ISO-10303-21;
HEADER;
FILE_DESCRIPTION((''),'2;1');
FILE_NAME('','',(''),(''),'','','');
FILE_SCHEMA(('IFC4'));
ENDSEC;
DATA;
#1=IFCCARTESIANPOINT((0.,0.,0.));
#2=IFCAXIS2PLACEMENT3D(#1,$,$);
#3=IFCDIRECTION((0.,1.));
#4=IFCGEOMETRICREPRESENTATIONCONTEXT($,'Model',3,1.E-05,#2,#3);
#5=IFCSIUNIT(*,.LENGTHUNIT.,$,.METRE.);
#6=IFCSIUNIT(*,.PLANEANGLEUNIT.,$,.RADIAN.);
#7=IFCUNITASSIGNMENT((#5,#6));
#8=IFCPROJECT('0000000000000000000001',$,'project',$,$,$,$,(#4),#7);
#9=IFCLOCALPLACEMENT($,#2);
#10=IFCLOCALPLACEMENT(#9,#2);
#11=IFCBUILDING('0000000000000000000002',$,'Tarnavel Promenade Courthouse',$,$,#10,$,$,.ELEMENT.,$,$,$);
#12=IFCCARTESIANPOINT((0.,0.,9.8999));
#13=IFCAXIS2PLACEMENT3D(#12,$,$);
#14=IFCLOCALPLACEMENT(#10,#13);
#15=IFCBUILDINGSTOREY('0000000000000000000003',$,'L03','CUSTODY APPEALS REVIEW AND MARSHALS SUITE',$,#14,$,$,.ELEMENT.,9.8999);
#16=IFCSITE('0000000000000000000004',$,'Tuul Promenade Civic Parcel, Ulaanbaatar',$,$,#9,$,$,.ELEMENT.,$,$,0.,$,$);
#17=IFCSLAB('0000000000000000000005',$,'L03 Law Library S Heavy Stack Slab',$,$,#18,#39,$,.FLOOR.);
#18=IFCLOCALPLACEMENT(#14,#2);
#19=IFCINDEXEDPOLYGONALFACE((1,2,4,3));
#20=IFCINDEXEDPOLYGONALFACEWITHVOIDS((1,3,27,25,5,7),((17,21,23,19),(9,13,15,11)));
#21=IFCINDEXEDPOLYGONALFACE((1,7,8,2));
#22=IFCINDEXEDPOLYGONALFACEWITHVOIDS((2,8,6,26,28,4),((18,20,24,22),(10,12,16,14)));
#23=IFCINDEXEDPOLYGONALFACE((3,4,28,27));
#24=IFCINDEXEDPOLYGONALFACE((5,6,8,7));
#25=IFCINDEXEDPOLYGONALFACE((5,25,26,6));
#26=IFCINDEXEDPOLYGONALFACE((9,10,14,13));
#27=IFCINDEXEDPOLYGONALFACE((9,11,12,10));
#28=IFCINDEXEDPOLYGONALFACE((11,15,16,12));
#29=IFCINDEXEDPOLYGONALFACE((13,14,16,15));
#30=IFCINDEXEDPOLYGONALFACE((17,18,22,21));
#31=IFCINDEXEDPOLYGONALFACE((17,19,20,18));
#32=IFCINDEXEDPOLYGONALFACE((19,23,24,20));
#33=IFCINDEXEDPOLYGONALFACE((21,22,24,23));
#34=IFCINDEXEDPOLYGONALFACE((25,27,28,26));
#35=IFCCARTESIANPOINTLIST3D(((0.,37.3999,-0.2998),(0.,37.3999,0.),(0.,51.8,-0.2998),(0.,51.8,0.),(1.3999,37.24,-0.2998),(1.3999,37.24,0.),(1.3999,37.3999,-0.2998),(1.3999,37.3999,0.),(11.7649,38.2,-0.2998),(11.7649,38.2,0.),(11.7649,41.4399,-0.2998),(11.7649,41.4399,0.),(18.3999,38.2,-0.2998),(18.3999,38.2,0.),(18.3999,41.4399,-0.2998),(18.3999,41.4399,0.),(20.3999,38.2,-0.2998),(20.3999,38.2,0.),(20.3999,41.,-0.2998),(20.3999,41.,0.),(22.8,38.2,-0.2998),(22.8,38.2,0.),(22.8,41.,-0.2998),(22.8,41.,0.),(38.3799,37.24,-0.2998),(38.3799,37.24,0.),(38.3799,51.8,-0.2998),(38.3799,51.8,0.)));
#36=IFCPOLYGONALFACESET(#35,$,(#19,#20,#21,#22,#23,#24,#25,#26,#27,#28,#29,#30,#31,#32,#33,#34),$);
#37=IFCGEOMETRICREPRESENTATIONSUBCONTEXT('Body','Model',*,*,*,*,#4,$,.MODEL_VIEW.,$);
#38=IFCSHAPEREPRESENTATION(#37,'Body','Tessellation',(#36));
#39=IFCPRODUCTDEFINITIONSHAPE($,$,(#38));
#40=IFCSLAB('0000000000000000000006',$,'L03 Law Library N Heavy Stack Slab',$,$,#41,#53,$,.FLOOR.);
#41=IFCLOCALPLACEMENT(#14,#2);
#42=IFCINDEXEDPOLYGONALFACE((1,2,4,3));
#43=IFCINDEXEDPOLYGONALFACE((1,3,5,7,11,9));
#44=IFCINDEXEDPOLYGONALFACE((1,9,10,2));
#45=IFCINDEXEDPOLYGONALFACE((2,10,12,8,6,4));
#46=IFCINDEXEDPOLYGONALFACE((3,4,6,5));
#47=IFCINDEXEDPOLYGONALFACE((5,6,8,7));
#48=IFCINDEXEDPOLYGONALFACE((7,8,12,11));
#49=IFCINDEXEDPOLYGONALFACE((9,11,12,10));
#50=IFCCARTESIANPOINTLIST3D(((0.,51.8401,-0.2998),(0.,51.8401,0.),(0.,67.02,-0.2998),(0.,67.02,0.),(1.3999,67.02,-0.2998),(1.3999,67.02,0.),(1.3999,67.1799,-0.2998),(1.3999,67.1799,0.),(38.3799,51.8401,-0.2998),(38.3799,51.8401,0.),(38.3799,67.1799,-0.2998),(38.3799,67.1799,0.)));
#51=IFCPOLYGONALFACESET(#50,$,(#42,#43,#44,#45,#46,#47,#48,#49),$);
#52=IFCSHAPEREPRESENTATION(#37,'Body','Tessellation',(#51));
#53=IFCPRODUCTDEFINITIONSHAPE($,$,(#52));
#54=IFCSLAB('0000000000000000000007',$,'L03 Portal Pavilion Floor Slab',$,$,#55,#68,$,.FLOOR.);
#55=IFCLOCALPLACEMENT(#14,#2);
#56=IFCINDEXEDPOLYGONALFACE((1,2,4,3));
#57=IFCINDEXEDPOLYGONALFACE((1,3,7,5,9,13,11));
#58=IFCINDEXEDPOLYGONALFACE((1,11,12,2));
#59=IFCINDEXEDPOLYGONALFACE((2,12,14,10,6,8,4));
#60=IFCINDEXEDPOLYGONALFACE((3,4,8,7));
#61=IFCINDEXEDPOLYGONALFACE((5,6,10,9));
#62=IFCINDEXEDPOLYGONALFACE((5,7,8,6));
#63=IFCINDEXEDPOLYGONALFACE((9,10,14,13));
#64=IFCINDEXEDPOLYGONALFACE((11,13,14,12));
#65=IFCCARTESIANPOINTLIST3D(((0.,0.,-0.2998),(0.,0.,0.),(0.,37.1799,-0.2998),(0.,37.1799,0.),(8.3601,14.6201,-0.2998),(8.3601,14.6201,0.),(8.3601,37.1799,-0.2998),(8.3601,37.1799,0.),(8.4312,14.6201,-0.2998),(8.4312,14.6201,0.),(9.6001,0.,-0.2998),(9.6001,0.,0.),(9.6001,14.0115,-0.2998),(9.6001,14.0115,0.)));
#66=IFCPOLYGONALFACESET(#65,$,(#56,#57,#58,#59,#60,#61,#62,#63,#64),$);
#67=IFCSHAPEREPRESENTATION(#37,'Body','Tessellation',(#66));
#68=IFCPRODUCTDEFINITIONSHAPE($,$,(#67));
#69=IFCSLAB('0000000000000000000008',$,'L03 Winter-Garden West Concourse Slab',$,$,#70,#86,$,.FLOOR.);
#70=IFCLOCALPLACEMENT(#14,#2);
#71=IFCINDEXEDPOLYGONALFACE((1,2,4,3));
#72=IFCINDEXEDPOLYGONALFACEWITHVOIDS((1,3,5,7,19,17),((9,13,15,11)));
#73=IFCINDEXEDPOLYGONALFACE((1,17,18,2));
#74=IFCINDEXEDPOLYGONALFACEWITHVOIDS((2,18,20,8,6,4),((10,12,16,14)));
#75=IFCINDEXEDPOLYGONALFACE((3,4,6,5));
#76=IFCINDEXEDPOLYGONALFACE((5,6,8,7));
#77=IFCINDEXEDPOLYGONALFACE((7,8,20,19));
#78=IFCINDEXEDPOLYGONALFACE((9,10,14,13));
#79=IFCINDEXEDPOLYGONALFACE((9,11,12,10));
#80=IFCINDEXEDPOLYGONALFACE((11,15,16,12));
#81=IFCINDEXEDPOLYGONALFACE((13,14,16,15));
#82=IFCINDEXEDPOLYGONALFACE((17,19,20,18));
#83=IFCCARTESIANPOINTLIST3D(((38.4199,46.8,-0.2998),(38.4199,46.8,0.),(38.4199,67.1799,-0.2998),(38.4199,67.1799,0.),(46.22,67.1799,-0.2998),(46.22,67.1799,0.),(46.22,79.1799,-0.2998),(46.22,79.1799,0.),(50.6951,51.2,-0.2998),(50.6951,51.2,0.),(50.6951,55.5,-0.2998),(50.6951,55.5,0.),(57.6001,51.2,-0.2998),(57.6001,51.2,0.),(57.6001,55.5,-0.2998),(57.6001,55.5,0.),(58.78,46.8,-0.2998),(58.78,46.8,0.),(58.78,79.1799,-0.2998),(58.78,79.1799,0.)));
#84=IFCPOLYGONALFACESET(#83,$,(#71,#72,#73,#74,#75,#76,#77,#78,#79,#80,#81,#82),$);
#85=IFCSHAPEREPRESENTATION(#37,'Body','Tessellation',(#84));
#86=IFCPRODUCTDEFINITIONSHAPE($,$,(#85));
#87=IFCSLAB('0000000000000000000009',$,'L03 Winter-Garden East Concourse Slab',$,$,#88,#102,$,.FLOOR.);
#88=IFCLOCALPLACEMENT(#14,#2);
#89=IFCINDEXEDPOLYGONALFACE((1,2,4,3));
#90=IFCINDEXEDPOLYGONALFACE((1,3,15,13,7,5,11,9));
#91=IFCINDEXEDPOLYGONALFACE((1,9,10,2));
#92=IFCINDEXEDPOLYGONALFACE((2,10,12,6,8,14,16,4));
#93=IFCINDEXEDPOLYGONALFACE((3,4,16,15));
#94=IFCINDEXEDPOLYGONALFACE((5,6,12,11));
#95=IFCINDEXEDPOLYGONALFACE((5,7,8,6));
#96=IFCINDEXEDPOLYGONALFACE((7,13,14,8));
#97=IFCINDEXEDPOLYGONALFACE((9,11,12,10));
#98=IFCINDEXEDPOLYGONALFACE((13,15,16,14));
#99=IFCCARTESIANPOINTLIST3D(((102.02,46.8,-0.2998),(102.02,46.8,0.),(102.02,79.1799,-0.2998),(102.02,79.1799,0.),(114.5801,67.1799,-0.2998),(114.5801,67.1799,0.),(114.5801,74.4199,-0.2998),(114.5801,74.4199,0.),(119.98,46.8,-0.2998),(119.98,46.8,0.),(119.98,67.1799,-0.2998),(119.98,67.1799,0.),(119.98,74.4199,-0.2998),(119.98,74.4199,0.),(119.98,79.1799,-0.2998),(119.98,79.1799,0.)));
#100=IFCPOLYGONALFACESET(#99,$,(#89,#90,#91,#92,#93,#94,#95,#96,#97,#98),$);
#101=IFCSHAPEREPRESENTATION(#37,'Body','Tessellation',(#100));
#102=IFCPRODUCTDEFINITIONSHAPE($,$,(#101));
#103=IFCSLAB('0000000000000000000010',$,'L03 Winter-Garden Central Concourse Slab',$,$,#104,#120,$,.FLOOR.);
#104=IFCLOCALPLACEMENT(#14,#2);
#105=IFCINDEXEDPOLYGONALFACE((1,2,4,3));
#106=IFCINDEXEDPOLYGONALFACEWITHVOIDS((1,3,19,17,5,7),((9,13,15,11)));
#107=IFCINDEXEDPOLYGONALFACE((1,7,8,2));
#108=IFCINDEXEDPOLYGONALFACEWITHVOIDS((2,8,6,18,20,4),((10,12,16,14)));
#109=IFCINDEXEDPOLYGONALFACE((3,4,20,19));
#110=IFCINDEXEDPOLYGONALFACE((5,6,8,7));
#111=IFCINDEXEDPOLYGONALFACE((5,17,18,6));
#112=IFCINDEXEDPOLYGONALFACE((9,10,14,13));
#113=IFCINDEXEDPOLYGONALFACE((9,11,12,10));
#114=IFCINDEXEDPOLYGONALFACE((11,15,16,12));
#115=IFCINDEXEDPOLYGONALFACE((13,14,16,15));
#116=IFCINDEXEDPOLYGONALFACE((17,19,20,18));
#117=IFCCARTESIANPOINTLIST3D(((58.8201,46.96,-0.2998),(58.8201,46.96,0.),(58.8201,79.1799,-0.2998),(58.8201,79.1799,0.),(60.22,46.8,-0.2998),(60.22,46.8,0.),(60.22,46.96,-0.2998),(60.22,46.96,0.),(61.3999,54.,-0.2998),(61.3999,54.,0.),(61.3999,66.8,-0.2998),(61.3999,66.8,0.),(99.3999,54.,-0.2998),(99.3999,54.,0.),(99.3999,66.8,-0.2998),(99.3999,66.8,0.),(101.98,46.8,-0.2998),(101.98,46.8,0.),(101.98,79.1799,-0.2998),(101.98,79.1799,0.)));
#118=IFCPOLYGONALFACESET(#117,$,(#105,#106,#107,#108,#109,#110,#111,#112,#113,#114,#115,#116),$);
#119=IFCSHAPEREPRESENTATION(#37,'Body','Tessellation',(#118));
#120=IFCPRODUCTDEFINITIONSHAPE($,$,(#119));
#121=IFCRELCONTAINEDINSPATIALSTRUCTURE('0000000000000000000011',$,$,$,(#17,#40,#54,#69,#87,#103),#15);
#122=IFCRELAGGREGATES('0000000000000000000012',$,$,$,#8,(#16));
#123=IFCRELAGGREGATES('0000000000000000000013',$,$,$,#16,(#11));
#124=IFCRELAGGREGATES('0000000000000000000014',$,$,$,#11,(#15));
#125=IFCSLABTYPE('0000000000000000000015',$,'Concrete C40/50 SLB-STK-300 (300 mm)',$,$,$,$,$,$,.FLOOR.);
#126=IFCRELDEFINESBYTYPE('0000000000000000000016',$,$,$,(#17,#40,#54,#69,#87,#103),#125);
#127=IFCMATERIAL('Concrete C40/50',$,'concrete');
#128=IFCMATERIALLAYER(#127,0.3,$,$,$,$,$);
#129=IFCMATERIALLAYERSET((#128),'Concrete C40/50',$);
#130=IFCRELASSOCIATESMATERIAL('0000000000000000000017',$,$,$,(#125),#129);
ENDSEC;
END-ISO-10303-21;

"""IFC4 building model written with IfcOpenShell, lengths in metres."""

from ifc_helpers import new_model, si_unit, direction, frame, origin, place, context, subcontext, project, spatial, polyline, outline, extrude, material, layer, layer_set, type_object, element, save


model = new_model("IFC4")

# Units and contexts
model_context = context("Model", 3, precision=1e-05, world=origin(), true_north=direction((0.0, 1.0)))
body_context = subcontext(model_context, "Body", "Model", "MODEL_VIEW")
ifc_project = project(units=[si_unit("LENGTHUNIT", "METRE"), si_unit("PLANEANGLEUNIT", "RADIAN")], contexts=[model_context])

# Site, building, storey
site_placement = place(None, origin())
site = spatial("IfcSite", under=ifc_project, at=site_placement, Name="Tuul Promenade Civic Parcel, Ulaanbaatar", CompositionType="ELEMENT", RefElevation=0.0)
building_placement = place(site_placement, origin())
building = spatial("IfcBuilding", under=site, at=building_placement, Name="Tarnavel Promenade Courthouse", CompositionType="ELEMENT")
storey_placement = place(building_placement, frame((0.0, 0.0, 9.8999)))
storey = spatial("IfcBuildingStorey", under=building, at=storey_placement, Name="L03", Description="CUSTODY APPEALS REVIEW AND MARSHALS SUITE", CompositionType="ELEMENT", Elevation=9.8999)

# Slabs
ifc_material_1 = material(Name="Concrete C40/50", Category="concrete")
ifc_layer_1 = layer(ifc_material_1, 0.3)
ifc_layer_set_1 = layer_set([ifc_layer_1], Name="Concrete C40/50")
slab_type_1 = type_object("IfcSlabType", Name="Concrete C40/50 SLB-STK-300 (300 mm)", PredefinedType="FLOOR", material=ifc_layer_set_1)
slab_1_placement = place(storey_placement, frame((0.0, 0.0, -0.2998)))
element("IfcSlab", 1, at=slab_1_placement, inside=storey, type_object=slab_type_1, Name="L03 Law Library S Heavy Stack Slab", PredefinedType="FLOOR", context=body_context, shape_type="SweptSolid", body=[
    extrude(outline(polyline([(0.0, 37.3999), (1.3999, 37.3999), (1.3999, 37.24), (38.3799, 37.24), (38.3799, 51.8), (0.0, 51.8), (0.0, 37.3999)]), holes=[polyline([(11.7649, 38.2), (18.3999, 38.2), (18.3999, 41.4399), (11.7649, 41.4399), (11.7649, 38.2)]), polyline([(20.3999, 38.2), (22.8, 38.2), (22.8, 41.0), (20.3999, 41.0), (20.3999, 38.2)])]), origin(), (0.0, 0.0, 1.0), 0.2998),
])
slab_2_placement = place(storey_placement, frame((0.0, 0.0, -0.2998)))
element("IfcSlab", 2, at=slab_2_placement, inside=storey, type_object=slab_type_1, Name="L03 Law Library N Heavy Stack Slab", PredefinedType="FLOOR", context=body_context, shape_type="SweptSolid", body=[
    extrude(outline(polyline([(0.0, 51.8401), (38.3799, 51.8401), (38.3799, 67.1799), (1.3999, 67.1799), (1.3999, 67.02), (0.0, 67.02), (0.0, 51.8401)])), origin(), (0.0, 0.0, 1.0), 0.2998),
])
slab_3_placement = place(storey_placement, frame((0.0, 0.0, -0.2998)))
element("IfcSlab", 3, at=slab_3_placement, inside=storey, type_object=slab_type_1, Name="L03 Portal Pavilion Floor Slab", PredefinedType="FLOOR", context=body_context, shape_type="SweptSolid", body=[
    extrude(outline(polyline([(9.6001, 0.0), (0.0, 0.0), (0.0, 37.1799), (8.3601, 37.1799), (8.3601, 14.6201), (8.4312, 14.6201), (9.6001, 14.0115), (9.6001, 0.0)])), origin(), (0.0, 0.0, 1.0), 0.2998),
])
slab_4_placement = place(storey_placement, frame((0.0, 0.0, -0.2998)))
element("IfcSlab", 4, at=slab_4_placement, inside=storey, type_object=slab_type_1, Name="L03 Winter-Garden West Concourse Slab", PredefinedType="FLOOR", context=body_context, shape_type="SweptSolid", body=[
    extrude(outline(polyline([(38.4199, 46.8), (58.78, 46.8), (58.78, 79.1799), (46.22, 79.1799), (46.22, 67.1799), (38.4199, 67.1799), (38.4199, 46.8)]), holes=[polyline([(50.6951, 51.2), (57.6001, 51.2), (57.6001, 55.5), (50.6951, 55.5), (50.6951, 51.2)])]), origin(), (0.0, 0.0, 1.0), 0.2998),
])
slab_5_placement = place(storey_placement, frame((0.0, 0.0, -0.2998)))
element("IfcSlab", 5, at=slab_5_placement, inside=storey, type_object=slab_type_1, Name="L03 Winter-Garden East Concourse Slab", PredefinedType="FLOOR", context=body_context, shape_type="SweptSolid", body=[
    extrude(outline(polyline([(102.02, 46.8), (119.98, 46.8), (119.98, 67.1799), (114.5801, 67.1799), (114.5801, 74.4199), (119.98, 74.4199), (119.98, 79.1799), (102.02, 79.1799), (102.02, 46.8)])), origin(), (0.0, 0.0, 1.0), 0.2998),
])
slab_6_placement = place(storey_placement, frame((0.0, 0.0, -0.2998)))
element("IfcSlab", 6, at=slab_6_placement, inside=storey, type_object=slab_type_1, Name="L03 Winter-Garden Central Concourse Slab", PredefinedType="FLOOR", context=body_context, shape_type="SweptSolid", body=[
    extrude(outline(polyline([(58.8201, 46.96), (60.22, 46.96), (60.22, 46.8), (101.98, 46.8), (101.98, 79.1799), (58.8201, 79.1799), (58.8201, 46.96)]), holes=[polyline([(61.3999, 54.0), (99.3999, 54.0), (99.3999, 66.8), (61.3999, 66.8), (61.3999, 54.0)])]), origin(), (0.0, 0.0, 1.0), 0.2998),
])

save(model, "model.ifc")
